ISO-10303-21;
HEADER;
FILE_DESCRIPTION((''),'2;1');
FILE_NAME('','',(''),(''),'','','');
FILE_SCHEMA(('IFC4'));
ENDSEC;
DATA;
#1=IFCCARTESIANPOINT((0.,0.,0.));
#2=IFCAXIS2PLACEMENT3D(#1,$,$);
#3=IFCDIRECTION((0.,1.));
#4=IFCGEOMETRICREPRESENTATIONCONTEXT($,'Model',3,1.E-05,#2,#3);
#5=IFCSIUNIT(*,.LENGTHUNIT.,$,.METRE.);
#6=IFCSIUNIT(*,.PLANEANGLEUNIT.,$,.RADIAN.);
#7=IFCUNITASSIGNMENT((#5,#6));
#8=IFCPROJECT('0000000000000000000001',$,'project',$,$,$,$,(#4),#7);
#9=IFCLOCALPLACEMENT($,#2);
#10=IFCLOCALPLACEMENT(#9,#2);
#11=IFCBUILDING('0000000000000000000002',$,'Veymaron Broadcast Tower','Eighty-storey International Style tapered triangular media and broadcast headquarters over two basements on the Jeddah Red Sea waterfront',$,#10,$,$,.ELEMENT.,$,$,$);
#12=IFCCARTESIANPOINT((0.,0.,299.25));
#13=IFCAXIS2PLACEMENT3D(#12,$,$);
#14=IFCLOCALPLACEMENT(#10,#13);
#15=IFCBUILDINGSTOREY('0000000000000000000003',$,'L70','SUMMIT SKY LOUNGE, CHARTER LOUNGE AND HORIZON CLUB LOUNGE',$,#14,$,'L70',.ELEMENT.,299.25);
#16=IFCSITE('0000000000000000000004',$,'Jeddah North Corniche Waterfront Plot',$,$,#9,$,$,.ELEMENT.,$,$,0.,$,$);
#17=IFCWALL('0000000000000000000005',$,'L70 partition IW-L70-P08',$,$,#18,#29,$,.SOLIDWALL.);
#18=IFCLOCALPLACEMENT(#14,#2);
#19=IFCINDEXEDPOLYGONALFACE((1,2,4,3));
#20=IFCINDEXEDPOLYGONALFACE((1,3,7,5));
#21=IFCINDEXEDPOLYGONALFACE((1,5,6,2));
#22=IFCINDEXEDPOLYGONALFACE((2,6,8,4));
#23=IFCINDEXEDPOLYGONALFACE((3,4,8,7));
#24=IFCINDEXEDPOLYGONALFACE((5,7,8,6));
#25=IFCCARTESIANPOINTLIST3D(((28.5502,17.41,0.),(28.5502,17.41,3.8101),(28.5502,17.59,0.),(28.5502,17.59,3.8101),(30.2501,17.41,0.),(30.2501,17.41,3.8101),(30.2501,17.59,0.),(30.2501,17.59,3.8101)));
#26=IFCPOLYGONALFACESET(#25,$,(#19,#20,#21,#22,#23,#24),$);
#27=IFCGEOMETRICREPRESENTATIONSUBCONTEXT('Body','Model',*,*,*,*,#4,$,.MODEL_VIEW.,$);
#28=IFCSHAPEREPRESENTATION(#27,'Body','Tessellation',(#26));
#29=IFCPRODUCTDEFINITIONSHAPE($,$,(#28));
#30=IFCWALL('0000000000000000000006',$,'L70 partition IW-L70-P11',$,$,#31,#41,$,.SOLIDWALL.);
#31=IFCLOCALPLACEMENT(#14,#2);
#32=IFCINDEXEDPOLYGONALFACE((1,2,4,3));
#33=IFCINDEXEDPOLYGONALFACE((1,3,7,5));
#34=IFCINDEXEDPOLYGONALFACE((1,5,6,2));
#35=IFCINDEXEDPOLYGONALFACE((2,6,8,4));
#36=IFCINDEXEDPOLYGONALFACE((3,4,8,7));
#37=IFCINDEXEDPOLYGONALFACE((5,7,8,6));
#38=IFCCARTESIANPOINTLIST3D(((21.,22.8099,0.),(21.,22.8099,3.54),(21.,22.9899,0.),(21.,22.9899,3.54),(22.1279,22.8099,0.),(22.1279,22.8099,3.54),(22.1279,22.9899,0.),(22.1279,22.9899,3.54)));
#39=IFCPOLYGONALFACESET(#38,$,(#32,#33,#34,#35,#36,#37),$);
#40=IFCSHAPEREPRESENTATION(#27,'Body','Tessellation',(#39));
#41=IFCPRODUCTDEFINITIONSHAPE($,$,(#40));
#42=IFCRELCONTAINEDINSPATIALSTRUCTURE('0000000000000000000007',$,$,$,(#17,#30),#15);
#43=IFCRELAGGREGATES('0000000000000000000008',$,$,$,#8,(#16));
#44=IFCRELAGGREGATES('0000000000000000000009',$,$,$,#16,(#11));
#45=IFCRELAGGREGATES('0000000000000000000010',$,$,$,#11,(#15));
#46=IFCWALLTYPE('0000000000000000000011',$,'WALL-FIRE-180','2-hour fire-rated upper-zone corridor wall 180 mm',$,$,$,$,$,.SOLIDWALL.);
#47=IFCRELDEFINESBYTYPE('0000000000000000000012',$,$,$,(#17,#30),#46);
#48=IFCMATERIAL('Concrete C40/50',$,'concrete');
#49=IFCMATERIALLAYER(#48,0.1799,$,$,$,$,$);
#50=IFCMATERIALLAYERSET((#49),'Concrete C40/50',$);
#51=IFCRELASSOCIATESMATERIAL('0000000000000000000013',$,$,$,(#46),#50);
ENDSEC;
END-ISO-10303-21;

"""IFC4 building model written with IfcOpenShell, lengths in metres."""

from ifc_helpers import new_model, si_unit, direction, frame, frame_2d, origin, place, context, subcontext, project, spatial, rectangle, extrude, material, layer, layer_set, type_object, element, save


model = new_model("IFC4")

# Units and contexts
model_context = context("Model", 3, precision=1e-05, world=origin(), true_north=direction((0.0, 1.0)))
body_context = subcontext(model_context, "Body", "Model", "MODEL_VIEW")
ifc_project = project(units=[si_unit("LENGTHUNIT", "METRE"), si_unit("PLANEANGLEUNIT", "RADIAN")], contexts=[model_context])

# Site, building, storey
site_placement = place(None, origin())
site = spatial("IfcSite", under=ifc_project, at=site_placement, Name="Jeddah North Corniche Waterfront Plot", CompositionType="ELEMENT", RefElevation=0.0)
building_placement = place(site_placement, origin())
building = spatial("IfcBuilding", under=site, at=building_placement, Name="Veymaron Broadcast Tower", Description="Eighty-storey International Style tapered triangular media and broadcast headquarters over two basements on the Jeddah Red Sea waterfront", CompositionType="ELEMENT")
storey_placement = place(building_placement, frame((0.0, 0.0, 299.25)))
storey = spatial("IfcBuildingStorey", under=building, at=storey_placement, Name="L70", Description="SUMMIT SKY LOUNGE, CHARTER LOUNGE AND HORIZON CLUB LOUNGE", LongName="L70", CompositionType="ELEMENT", Elevation=299.25)

# Shared definitions
ifc_material_1 = material(Name="Concrete C40/50", Category="concrete")

# Shared definitions
ifc_layer_1 = layer(ifc_material_1, 0.1799)
ifc_layer_set_1 = layer_set([ifc_layer_1], Name="Concrete C40/50")
wall_type_1 = type_object("IfcWallType", Name="WALL-FIRE-180", Description="2-hour fire-rated upper-zone corridor wall 180 mm", PredefinedType="SOLIDWALL", material=ifc_layer_set_1)

# Walls
wall_1_placement = place(storey_placement, frame((28.55, 17.5, 0.0), z_axis=(0.0, 0.0, 1.0), x_axis=(1.0, 0.0, 0.0)))
element("IfcWall", 1, at=wall_1_placement, inside=storey, type_object=wall_type_1, Name="L70 partition IW-L70-P08", PredefinedType="SOLIDWALL", context=body_context, shape_type="SweptSolid", body=[
    extrude(rectangle(XDim=1.7, YDim=0.1799, at=frame_2d((0.8501, 0.0))), origin(), (0.0, 0.0, 1.0), 3.8101),
])
wall_2_placement = place(storey_placement, frame((21.0, 22.8999, 0.0), z_axis=(0.0, 0.0, 1.0), x_axis=(1.0, 0.0, 0.0)))
element("IfcWall", 2, at=wall_2_placement, inside=storey, type_object=wall_type_1, Name="L70 partition IW-L70-P11", PredefinedType="SOLIDWALL", context=body_context, shape_type="SweptSolid", body=[
    extrude(rectangle(XDim=1.1279, YDim=0.1799, at=frame_2d((0.564, 0.0))), origin(), (0.0, 0.0, 1.0), 3.54),
])

save(model, "model.ifc")
